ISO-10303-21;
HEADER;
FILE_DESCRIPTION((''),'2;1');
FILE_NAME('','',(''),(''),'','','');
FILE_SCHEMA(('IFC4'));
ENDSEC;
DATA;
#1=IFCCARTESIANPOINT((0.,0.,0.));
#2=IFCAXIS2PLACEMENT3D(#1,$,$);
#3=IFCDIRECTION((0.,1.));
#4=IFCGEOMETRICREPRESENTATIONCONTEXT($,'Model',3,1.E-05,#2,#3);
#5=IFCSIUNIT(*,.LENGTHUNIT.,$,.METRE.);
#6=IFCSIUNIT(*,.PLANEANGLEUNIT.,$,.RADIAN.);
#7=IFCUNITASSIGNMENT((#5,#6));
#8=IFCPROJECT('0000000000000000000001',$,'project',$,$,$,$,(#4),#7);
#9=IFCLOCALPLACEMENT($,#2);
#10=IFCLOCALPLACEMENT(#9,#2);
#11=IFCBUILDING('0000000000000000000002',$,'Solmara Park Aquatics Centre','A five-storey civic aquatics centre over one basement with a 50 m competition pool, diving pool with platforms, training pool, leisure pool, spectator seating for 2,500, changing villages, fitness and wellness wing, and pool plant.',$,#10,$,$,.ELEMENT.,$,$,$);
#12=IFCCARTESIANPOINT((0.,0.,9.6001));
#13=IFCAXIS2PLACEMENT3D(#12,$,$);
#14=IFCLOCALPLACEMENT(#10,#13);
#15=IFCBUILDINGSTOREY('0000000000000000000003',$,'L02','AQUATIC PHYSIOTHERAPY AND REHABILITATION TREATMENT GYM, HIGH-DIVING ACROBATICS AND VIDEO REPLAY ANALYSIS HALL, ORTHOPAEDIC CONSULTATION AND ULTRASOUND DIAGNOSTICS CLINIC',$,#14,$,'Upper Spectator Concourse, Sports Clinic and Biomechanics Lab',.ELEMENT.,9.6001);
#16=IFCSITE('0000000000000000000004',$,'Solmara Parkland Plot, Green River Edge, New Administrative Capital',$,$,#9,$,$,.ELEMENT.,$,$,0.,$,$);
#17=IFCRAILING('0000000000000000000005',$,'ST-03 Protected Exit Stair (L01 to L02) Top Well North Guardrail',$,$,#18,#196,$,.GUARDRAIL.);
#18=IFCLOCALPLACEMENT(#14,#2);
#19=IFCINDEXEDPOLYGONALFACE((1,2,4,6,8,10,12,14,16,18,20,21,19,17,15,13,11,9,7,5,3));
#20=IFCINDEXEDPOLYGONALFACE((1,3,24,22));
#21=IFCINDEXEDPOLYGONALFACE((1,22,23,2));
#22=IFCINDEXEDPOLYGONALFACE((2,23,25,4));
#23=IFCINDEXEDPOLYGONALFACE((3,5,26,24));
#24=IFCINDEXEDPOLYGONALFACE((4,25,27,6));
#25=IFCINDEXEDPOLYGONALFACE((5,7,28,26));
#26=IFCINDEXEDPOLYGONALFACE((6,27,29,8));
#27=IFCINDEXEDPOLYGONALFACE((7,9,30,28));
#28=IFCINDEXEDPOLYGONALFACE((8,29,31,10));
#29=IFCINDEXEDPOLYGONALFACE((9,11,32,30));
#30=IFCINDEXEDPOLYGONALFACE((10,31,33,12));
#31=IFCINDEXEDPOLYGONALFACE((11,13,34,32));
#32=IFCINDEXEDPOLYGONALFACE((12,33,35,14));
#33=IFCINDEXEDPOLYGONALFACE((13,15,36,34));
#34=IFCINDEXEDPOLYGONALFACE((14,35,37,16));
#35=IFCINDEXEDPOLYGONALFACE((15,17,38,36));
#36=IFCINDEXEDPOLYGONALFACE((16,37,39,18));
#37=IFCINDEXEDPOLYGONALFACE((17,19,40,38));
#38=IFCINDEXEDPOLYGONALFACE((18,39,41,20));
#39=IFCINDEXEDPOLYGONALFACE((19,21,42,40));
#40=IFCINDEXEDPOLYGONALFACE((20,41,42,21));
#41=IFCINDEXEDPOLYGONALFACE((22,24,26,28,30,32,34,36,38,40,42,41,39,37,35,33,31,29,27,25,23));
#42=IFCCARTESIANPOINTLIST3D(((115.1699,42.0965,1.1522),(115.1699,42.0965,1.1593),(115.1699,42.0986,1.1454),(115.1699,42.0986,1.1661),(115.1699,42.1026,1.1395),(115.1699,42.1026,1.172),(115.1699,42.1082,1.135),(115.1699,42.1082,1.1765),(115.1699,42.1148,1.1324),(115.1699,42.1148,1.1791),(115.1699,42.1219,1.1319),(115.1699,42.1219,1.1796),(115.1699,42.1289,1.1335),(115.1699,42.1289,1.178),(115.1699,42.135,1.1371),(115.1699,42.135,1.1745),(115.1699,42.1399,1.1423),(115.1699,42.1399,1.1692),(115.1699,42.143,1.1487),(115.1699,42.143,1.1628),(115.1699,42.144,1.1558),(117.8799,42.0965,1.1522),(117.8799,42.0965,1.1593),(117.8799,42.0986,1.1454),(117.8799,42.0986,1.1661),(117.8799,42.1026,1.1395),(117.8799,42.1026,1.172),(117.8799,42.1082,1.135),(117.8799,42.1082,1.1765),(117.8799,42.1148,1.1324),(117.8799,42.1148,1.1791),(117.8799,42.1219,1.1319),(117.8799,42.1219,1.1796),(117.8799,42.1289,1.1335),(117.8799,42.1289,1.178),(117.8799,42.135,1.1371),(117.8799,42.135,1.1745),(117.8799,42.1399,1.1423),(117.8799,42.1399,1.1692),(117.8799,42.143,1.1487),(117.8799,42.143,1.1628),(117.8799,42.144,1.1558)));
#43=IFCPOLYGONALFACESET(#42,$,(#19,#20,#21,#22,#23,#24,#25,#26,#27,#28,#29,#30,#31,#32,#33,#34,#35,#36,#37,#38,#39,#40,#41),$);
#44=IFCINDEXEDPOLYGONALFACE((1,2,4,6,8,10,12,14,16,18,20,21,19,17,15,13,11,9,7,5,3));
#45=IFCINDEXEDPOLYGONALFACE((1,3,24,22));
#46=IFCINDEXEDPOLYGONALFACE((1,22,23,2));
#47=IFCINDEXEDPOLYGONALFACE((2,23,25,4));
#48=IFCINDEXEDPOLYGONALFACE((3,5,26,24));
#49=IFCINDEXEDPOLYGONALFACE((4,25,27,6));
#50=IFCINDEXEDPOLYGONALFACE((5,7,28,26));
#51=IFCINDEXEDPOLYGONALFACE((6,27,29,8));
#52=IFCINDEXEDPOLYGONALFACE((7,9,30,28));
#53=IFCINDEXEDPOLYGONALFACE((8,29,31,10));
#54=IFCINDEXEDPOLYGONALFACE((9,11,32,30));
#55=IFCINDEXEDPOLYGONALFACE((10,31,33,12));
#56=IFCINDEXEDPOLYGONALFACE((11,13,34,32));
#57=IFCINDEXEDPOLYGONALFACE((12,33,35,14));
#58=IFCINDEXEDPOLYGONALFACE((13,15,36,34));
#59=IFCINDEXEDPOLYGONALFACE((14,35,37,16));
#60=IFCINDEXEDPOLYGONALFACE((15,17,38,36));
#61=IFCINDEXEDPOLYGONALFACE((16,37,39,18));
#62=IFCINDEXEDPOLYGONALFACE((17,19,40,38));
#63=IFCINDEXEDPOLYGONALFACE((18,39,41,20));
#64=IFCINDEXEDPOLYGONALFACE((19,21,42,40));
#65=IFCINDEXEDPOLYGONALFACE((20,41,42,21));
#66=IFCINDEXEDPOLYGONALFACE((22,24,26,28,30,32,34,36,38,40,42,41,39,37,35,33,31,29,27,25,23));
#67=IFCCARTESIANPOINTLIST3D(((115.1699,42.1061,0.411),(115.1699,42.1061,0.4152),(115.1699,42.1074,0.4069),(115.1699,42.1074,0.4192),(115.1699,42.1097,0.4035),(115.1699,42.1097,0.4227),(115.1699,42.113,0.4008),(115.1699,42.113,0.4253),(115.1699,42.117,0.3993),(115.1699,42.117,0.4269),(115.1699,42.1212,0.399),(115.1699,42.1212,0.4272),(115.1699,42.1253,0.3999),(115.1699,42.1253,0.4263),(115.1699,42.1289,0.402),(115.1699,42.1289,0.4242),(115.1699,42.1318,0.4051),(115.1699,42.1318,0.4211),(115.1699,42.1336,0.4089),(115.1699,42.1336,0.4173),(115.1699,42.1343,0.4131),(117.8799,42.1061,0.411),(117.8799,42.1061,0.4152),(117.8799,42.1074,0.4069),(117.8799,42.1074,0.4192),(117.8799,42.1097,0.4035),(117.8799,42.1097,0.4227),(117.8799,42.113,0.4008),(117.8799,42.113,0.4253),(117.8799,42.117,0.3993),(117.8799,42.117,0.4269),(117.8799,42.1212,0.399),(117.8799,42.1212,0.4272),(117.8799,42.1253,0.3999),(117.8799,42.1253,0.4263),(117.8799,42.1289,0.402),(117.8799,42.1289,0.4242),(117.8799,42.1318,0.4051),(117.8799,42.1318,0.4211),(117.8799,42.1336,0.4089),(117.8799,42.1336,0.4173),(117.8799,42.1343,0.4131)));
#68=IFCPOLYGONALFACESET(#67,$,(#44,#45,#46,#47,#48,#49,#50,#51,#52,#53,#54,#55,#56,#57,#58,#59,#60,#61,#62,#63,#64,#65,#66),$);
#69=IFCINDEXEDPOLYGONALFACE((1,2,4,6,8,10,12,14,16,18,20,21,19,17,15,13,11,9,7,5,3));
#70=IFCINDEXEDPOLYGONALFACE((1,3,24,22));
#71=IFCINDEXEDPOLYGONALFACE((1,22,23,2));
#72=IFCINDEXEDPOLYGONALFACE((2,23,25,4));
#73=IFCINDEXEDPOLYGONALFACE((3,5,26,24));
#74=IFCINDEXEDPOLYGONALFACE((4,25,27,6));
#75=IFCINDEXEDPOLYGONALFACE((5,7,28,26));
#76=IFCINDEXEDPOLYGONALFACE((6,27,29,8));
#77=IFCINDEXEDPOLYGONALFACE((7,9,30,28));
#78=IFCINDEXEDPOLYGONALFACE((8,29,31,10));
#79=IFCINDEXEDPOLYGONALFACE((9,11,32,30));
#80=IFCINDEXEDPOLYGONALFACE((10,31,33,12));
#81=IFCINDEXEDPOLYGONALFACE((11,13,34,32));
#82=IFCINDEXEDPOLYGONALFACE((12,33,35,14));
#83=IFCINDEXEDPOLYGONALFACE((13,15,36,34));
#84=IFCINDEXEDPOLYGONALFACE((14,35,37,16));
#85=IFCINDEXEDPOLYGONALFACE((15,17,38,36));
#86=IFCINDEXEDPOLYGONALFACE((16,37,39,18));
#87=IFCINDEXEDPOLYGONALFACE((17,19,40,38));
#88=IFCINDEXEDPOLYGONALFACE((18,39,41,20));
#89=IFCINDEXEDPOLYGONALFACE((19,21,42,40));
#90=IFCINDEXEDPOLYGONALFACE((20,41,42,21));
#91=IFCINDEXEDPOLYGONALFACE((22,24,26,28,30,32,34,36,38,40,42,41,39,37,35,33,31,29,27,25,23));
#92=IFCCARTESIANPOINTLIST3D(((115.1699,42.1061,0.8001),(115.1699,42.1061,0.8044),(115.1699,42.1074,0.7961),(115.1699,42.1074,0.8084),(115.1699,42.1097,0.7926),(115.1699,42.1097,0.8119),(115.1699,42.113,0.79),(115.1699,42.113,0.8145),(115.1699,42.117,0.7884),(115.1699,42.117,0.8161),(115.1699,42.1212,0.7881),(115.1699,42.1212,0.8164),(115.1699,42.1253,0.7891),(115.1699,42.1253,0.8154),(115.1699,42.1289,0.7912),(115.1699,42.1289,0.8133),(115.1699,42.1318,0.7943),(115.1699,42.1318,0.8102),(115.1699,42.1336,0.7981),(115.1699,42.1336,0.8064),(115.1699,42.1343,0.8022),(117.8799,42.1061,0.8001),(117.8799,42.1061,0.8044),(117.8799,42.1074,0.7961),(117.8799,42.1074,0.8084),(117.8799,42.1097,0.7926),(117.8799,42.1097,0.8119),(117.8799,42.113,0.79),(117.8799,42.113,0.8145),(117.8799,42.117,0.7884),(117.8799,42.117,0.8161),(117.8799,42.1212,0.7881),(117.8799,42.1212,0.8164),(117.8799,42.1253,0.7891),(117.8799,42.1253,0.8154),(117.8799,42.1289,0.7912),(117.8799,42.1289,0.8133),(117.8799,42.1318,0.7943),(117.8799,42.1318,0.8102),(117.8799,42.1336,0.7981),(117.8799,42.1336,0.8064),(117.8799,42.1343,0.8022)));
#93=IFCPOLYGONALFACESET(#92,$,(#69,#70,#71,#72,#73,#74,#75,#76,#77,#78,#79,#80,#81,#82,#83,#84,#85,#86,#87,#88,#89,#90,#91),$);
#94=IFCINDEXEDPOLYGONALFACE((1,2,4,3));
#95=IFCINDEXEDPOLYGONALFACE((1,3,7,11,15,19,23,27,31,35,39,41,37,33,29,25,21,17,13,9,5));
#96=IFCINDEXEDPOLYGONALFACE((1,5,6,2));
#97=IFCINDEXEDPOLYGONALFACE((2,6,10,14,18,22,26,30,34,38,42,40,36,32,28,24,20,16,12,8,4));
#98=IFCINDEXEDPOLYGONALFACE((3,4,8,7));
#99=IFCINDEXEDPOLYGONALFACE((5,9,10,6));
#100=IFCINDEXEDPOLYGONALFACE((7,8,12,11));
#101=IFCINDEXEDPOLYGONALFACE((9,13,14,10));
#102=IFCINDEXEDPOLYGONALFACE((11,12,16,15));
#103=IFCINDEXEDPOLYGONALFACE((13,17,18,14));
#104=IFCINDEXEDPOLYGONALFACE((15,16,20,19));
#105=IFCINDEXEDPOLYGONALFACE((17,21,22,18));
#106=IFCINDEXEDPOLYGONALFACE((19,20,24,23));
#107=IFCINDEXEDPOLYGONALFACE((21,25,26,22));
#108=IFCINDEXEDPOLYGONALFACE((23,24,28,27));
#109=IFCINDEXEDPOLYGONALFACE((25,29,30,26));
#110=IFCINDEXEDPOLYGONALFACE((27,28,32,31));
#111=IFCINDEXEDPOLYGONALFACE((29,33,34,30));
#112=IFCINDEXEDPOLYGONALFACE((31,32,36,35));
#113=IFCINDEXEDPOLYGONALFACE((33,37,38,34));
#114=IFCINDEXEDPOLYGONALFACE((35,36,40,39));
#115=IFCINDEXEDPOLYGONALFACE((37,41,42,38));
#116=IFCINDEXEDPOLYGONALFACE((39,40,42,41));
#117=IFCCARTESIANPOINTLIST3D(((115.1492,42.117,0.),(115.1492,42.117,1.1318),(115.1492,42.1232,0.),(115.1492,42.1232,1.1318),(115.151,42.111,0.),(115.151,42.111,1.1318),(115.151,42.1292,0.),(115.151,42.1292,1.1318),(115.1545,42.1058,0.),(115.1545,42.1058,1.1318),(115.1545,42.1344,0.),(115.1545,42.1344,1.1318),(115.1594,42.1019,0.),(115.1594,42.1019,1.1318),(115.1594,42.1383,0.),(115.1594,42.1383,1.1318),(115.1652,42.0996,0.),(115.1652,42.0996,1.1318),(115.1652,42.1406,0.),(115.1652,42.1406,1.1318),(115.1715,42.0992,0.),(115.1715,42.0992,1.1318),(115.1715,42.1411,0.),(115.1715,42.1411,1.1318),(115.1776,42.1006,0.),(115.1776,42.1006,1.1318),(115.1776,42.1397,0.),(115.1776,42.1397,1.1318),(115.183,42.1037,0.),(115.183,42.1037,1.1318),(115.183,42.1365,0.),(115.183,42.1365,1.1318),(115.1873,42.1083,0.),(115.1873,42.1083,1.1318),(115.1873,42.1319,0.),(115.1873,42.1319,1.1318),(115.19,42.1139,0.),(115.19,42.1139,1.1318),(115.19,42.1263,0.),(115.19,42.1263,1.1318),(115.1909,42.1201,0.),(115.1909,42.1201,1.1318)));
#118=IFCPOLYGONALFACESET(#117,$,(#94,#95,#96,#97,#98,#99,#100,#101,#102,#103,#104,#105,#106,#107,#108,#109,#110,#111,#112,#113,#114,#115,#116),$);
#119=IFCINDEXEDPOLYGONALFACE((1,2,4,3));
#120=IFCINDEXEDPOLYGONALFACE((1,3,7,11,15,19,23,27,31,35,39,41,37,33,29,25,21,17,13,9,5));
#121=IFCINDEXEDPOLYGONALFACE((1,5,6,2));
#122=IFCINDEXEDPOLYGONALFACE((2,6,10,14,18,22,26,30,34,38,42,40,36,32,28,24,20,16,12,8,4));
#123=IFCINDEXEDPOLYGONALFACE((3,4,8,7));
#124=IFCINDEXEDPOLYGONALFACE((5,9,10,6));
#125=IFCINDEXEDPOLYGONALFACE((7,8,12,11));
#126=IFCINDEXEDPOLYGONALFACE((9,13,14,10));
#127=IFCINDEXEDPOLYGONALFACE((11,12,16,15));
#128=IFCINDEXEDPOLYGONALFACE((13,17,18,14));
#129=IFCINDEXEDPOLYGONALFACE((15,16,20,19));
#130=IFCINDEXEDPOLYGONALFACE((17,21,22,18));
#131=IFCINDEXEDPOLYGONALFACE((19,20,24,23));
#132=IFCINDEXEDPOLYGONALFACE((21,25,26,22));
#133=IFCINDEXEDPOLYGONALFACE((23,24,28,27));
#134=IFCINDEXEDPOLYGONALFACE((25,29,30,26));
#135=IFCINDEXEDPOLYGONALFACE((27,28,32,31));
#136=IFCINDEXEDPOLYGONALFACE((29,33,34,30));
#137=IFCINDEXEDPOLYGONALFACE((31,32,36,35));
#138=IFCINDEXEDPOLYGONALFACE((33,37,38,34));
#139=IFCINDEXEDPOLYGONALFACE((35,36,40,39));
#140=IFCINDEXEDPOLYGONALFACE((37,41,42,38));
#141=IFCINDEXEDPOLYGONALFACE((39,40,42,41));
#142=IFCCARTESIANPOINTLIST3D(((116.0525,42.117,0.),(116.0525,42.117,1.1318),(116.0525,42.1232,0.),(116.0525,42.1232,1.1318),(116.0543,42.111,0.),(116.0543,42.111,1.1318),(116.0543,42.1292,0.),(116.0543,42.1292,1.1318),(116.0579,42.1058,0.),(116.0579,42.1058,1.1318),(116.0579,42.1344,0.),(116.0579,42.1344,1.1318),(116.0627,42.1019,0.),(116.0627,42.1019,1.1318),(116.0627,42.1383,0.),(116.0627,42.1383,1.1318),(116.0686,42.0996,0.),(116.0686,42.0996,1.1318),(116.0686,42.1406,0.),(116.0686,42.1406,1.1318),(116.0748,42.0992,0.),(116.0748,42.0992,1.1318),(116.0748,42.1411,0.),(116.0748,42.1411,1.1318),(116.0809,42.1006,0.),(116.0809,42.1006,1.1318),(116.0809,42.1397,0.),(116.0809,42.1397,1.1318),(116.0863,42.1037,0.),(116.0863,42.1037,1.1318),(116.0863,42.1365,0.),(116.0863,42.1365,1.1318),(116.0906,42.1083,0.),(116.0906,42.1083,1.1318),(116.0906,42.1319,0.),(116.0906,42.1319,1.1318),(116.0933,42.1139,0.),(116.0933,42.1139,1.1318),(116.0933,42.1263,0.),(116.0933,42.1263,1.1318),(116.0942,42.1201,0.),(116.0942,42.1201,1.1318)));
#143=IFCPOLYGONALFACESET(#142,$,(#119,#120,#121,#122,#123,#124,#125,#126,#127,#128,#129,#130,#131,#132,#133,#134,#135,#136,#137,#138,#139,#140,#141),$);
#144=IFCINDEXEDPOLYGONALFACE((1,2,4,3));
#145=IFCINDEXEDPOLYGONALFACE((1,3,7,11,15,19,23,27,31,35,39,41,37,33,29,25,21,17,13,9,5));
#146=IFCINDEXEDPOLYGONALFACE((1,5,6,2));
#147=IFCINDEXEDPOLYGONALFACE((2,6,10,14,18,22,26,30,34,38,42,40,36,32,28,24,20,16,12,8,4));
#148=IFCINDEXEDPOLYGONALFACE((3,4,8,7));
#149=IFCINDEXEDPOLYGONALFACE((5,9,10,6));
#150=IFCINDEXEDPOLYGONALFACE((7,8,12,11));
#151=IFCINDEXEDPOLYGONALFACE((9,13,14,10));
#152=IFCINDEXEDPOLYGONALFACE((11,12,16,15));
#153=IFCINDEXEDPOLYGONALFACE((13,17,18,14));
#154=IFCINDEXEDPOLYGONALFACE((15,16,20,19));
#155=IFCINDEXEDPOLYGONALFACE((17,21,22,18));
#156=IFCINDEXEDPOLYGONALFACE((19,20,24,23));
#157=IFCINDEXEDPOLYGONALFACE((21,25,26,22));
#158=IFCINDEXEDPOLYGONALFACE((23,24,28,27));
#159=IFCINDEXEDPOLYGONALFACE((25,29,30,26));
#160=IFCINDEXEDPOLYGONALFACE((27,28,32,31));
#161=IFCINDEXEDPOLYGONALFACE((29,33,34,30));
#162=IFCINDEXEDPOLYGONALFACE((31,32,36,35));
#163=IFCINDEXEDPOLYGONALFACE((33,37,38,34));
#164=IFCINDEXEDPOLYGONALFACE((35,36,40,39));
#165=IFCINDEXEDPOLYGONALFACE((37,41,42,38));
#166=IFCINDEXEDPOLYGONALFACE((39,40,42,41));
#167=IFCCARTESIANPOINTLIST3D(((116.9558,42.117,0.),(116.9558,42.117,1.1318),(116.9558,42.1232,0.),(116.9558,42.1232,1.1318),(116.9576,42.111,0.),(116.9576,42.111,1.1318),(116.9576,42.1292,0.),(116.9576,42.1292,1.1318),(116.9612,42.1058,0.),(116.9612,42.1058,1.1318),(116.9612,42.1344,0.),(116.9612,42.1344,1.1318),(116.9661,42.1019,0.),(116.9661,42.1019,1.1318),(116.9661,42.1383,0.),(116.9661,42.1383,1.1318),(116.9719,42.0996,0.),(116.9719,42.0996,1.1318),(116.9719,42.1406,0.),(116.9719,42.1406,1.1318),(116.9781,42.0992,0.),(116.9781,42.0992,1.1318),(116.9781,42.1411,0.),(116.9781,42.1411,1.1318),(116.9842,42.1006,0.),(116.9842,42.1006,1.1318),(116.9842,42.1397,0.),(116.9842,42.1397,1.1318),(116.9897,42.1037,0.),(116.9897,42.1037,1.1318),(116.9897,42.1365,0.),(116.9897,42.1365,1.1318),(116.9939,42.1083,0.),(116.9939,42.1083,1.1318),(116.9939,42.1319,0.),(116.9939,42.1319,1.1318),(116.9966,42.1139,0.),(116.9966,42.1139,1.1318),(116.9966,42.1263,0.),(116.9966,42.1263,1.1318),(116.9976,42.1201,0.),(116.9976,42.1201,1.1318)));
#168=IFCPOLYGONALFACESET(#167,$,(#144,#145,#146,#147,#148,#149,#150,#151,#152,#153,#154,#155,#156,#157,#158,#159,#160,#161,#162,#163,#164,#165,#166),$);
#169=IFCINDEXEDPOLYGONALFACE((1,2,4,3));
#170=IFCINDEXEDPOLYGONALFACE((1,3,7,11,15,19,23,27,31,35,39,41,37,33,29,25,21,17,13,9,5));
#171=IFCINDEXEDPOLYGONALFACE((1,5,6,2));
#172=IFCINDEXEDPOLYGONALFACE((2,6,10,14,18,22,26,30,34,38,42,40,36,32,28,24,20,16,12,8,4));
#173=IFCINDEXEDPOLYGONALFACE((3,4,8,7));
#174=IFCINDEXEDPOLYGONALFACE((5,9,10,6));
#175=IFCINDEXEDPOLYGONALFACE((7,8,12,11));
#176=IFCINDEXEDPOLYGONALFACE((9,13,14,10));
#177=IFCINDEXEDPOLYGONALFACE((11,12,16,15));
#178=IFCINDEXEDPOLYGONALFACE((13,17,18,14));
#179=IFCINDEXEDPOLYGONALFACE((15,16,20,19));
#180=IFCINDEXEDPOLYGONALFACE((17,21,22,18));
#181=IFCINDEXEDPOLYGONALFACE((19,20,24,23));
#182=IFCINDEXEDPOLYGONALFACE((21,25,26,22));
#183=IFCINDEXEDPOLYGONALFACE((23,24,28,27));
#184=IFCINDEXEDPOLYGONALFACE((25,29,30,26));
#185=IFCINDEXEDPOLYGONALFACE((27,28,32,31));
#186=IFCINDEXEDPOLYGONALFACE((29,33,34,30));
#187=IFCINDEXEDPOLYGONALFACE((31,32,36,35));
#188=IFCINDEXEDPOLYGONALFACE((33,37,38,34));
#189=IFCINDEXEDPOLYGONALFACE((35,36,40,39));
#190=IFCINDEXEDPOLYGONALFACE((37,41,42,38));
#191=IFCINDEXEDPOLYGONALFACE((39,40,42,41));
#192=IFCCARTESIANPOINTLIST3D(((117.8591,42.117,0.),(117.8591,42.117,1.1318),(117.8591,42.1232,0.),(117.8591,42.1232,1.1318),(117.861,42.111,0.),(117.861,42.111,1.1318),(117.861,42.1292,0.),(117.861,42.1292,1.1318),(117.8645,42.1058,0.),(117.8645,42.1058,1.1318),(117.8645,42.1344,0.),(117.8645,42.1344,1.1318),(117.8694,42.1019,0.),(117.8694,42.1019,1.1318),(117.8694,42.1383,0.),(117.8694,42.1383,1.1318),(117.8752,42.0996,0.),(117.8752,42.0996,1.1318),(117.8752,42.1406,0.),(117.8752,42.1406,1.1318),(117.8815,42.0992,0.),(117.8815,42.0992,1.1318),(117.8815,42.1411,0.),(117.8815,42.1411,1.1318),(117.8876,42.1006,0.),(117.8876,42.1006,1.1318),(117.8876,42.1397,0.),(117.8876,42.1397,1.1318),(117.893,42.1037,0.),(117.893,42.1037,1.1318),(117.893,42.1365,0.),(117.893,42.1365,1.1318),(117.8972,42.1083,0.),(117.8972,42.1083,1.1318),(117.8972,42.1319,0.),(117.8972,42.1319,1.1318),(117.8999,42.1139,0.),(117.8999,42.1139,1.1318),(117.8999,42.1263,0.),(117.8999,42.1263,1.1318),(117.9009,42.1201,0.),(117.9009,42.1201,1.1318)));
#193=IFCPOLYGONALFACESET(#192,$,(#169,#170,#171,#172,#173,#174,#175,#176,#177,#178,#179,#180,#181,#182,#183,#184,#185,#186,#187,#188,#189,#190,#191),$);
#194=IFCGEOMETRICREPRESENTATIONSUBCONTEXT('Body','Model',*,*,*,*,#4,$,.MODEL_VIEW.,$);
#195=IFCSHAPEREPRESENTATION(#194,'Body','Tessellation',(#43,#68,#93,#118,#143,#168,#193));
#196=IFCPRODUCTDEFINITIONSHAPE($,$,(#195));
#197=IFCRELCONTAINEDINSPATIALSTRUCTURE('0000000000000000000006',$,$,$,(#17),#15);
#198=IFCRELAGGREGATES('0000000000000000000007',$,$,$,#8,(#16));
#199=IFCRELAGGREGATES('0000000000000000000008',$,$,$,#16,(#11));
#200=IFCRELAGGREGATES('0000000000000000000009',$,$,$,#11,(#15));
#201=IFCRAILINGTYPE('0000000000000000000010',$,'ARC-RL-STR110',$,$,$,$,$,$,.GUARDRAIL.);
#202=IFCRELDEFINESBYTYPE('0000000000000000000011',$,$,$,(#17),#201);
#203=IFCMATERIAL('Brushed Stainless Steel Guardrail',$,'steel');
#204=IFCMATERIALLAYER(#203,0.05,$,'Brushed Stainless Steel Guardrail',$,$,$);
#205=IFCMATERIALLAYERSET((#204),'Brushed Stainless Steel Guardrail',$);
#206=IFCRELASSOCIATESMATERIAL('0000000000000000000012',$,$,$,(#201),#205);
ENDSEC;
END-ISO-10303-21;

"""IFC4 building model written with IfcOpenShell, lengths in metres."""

from ifc_helpers import new_model, si_unit, direction, frame, origin, origin_2d, place, context, subcontext, project, spatial, circle, extrude, material, layer, layer_set, type_object, element, save


model = new_model("IFC4")

# Units and contexts
model_context = context("Model", 3, precision=1e-05, world=origin(), true_north=direction((0.0, 1.0)))
body_context = subcontext(model_context, "Body", "Model", "MODEL_VIEW")
ifc_project = project(units=[si_unit("LENGTHUNIT", "METRE"), si_unit("PLANEANGLEUNIT", "RADIAN")], contexts=[model_context])

# Site, building, storey
site_placement = place(None, origin())
site = spatial("IfcSite", under=ifc_project, at=site_placement, Name="Solmara Parkland Plot, Green River Edge, New Administrative Capital", CompositionType="ELEMENT", RefElevation=0.0)
building_placement = place(site_placement, origin())
building = spatial("IfcBuilding", under=site, at=building_placement, Name="Solmara Park Aquatics Centre", Description="A five-storey civic aquatics centre over one basement with a 50 m competition pool, diving pool with platforms, training pool, leisure pool, spectator seating for 2,500, changing villages, fitness and wellness wing, and pool plant.", CompositionType="ELEMENT")
storey_placement = place(building_placement, frame((0.0, 0.0, 9.6001)))
storey = spatial("IfcBuildingStorey", under=building, at=storey_placement, Name="L02", Description="AQUATIC PHYSIOTHERAPY AND REHABILITATION TREATMENT GYM, HIGH-DIVING ACROBATICS AND VIDEO REPLAY ANALYSIS HALL, ORTHOPAEDIC CONSULTATION AND ULTRASOUND DIAGNOSTICS CLINIC", LongName="Upper Spectator Concourse, Sports Clinic and Biomechanics Lab", CompositionType="ELEMENT", Elevation=9.6001)

# Railing
ifc_material_1 = material(Name="Brushed Stainless Steel Guardrail", Category="steel")
ifc_layer_1 = layer(ifc_material_1, 0.05, Name="Brushed Stainless Steel Guardrail")
ifc_layer_set_1 = layer_set([ifc_layer_1], Name="Brushed Stainless Steel Guardrail")
railing_type_1 = type_object("IfcRailingType", Name="ARC-RL-STR110", PredefinedType="GUARDRAIL", material=ifc_layer_set_1)
railing_1_placement = place(storey_placement, frame((115.1699, 42.1201, 0.0)))
element("IfcRailing", 1, at=railing_1_placement, inside=storey, type_object=railing_type_1, Name="ST-03 Protected Exit Stair (L01 to L02) Top Well North Guardrail", PredefinedType="GUARDRAIL", context=body_context, shape_type="SweptSolid", body=[
    extrude(circle(Radius=0.0239, at=origin_2d()), frame((0.0, 0.0, 1.1558), z_axis=(1.0, 0.0, 0.0), x_axis=(0.0, 1.0, 0.0)), (0.0, 0.0, 1.0), 2.71),
    extrude(circle(Radius=0.0142, at=origin_2d()), frame((0.0, 0.0, 0.4131), z_axis=(1.0, 0.0, 0.0), x_axis=(0.0, 1.0, 0.0)), (0.0, 0.0, 1.0), 2.71),
    extrude(circle(Radius=0.0142, at=origin_2d()), frame((0.0, 0.0, 0.8022), z_axis=(1.0, 0.0, 0.0), x_axis=(0.0, 1.0, 0.0)), (0.0, 0.0, 1.0), 2.71),
    extrude(circle(Radius=0.021, at=origin_2d()), origin(), (0.0, 0.0, 1.0), 1.1318),
    extrude(circle(Radius=0.021, at=origin_2d()), frame((0.9033, 0.0, 0.0)), (0.0, 0.0, 1.0), 1.1318),
    extrude(circle(Radius=0.021, at=origin_2d()), frame((1.8066, 0.0, 0.0)), (0.0, 0.0, 1.0), 1.1318),
    extrude(circle(Radius=0.021, at=origin_2d()), frame((2.71, 0.0, 0.0)), (0.0, 0.0, 1.0), 1.1318),
])

save(model, "model.ifc")
